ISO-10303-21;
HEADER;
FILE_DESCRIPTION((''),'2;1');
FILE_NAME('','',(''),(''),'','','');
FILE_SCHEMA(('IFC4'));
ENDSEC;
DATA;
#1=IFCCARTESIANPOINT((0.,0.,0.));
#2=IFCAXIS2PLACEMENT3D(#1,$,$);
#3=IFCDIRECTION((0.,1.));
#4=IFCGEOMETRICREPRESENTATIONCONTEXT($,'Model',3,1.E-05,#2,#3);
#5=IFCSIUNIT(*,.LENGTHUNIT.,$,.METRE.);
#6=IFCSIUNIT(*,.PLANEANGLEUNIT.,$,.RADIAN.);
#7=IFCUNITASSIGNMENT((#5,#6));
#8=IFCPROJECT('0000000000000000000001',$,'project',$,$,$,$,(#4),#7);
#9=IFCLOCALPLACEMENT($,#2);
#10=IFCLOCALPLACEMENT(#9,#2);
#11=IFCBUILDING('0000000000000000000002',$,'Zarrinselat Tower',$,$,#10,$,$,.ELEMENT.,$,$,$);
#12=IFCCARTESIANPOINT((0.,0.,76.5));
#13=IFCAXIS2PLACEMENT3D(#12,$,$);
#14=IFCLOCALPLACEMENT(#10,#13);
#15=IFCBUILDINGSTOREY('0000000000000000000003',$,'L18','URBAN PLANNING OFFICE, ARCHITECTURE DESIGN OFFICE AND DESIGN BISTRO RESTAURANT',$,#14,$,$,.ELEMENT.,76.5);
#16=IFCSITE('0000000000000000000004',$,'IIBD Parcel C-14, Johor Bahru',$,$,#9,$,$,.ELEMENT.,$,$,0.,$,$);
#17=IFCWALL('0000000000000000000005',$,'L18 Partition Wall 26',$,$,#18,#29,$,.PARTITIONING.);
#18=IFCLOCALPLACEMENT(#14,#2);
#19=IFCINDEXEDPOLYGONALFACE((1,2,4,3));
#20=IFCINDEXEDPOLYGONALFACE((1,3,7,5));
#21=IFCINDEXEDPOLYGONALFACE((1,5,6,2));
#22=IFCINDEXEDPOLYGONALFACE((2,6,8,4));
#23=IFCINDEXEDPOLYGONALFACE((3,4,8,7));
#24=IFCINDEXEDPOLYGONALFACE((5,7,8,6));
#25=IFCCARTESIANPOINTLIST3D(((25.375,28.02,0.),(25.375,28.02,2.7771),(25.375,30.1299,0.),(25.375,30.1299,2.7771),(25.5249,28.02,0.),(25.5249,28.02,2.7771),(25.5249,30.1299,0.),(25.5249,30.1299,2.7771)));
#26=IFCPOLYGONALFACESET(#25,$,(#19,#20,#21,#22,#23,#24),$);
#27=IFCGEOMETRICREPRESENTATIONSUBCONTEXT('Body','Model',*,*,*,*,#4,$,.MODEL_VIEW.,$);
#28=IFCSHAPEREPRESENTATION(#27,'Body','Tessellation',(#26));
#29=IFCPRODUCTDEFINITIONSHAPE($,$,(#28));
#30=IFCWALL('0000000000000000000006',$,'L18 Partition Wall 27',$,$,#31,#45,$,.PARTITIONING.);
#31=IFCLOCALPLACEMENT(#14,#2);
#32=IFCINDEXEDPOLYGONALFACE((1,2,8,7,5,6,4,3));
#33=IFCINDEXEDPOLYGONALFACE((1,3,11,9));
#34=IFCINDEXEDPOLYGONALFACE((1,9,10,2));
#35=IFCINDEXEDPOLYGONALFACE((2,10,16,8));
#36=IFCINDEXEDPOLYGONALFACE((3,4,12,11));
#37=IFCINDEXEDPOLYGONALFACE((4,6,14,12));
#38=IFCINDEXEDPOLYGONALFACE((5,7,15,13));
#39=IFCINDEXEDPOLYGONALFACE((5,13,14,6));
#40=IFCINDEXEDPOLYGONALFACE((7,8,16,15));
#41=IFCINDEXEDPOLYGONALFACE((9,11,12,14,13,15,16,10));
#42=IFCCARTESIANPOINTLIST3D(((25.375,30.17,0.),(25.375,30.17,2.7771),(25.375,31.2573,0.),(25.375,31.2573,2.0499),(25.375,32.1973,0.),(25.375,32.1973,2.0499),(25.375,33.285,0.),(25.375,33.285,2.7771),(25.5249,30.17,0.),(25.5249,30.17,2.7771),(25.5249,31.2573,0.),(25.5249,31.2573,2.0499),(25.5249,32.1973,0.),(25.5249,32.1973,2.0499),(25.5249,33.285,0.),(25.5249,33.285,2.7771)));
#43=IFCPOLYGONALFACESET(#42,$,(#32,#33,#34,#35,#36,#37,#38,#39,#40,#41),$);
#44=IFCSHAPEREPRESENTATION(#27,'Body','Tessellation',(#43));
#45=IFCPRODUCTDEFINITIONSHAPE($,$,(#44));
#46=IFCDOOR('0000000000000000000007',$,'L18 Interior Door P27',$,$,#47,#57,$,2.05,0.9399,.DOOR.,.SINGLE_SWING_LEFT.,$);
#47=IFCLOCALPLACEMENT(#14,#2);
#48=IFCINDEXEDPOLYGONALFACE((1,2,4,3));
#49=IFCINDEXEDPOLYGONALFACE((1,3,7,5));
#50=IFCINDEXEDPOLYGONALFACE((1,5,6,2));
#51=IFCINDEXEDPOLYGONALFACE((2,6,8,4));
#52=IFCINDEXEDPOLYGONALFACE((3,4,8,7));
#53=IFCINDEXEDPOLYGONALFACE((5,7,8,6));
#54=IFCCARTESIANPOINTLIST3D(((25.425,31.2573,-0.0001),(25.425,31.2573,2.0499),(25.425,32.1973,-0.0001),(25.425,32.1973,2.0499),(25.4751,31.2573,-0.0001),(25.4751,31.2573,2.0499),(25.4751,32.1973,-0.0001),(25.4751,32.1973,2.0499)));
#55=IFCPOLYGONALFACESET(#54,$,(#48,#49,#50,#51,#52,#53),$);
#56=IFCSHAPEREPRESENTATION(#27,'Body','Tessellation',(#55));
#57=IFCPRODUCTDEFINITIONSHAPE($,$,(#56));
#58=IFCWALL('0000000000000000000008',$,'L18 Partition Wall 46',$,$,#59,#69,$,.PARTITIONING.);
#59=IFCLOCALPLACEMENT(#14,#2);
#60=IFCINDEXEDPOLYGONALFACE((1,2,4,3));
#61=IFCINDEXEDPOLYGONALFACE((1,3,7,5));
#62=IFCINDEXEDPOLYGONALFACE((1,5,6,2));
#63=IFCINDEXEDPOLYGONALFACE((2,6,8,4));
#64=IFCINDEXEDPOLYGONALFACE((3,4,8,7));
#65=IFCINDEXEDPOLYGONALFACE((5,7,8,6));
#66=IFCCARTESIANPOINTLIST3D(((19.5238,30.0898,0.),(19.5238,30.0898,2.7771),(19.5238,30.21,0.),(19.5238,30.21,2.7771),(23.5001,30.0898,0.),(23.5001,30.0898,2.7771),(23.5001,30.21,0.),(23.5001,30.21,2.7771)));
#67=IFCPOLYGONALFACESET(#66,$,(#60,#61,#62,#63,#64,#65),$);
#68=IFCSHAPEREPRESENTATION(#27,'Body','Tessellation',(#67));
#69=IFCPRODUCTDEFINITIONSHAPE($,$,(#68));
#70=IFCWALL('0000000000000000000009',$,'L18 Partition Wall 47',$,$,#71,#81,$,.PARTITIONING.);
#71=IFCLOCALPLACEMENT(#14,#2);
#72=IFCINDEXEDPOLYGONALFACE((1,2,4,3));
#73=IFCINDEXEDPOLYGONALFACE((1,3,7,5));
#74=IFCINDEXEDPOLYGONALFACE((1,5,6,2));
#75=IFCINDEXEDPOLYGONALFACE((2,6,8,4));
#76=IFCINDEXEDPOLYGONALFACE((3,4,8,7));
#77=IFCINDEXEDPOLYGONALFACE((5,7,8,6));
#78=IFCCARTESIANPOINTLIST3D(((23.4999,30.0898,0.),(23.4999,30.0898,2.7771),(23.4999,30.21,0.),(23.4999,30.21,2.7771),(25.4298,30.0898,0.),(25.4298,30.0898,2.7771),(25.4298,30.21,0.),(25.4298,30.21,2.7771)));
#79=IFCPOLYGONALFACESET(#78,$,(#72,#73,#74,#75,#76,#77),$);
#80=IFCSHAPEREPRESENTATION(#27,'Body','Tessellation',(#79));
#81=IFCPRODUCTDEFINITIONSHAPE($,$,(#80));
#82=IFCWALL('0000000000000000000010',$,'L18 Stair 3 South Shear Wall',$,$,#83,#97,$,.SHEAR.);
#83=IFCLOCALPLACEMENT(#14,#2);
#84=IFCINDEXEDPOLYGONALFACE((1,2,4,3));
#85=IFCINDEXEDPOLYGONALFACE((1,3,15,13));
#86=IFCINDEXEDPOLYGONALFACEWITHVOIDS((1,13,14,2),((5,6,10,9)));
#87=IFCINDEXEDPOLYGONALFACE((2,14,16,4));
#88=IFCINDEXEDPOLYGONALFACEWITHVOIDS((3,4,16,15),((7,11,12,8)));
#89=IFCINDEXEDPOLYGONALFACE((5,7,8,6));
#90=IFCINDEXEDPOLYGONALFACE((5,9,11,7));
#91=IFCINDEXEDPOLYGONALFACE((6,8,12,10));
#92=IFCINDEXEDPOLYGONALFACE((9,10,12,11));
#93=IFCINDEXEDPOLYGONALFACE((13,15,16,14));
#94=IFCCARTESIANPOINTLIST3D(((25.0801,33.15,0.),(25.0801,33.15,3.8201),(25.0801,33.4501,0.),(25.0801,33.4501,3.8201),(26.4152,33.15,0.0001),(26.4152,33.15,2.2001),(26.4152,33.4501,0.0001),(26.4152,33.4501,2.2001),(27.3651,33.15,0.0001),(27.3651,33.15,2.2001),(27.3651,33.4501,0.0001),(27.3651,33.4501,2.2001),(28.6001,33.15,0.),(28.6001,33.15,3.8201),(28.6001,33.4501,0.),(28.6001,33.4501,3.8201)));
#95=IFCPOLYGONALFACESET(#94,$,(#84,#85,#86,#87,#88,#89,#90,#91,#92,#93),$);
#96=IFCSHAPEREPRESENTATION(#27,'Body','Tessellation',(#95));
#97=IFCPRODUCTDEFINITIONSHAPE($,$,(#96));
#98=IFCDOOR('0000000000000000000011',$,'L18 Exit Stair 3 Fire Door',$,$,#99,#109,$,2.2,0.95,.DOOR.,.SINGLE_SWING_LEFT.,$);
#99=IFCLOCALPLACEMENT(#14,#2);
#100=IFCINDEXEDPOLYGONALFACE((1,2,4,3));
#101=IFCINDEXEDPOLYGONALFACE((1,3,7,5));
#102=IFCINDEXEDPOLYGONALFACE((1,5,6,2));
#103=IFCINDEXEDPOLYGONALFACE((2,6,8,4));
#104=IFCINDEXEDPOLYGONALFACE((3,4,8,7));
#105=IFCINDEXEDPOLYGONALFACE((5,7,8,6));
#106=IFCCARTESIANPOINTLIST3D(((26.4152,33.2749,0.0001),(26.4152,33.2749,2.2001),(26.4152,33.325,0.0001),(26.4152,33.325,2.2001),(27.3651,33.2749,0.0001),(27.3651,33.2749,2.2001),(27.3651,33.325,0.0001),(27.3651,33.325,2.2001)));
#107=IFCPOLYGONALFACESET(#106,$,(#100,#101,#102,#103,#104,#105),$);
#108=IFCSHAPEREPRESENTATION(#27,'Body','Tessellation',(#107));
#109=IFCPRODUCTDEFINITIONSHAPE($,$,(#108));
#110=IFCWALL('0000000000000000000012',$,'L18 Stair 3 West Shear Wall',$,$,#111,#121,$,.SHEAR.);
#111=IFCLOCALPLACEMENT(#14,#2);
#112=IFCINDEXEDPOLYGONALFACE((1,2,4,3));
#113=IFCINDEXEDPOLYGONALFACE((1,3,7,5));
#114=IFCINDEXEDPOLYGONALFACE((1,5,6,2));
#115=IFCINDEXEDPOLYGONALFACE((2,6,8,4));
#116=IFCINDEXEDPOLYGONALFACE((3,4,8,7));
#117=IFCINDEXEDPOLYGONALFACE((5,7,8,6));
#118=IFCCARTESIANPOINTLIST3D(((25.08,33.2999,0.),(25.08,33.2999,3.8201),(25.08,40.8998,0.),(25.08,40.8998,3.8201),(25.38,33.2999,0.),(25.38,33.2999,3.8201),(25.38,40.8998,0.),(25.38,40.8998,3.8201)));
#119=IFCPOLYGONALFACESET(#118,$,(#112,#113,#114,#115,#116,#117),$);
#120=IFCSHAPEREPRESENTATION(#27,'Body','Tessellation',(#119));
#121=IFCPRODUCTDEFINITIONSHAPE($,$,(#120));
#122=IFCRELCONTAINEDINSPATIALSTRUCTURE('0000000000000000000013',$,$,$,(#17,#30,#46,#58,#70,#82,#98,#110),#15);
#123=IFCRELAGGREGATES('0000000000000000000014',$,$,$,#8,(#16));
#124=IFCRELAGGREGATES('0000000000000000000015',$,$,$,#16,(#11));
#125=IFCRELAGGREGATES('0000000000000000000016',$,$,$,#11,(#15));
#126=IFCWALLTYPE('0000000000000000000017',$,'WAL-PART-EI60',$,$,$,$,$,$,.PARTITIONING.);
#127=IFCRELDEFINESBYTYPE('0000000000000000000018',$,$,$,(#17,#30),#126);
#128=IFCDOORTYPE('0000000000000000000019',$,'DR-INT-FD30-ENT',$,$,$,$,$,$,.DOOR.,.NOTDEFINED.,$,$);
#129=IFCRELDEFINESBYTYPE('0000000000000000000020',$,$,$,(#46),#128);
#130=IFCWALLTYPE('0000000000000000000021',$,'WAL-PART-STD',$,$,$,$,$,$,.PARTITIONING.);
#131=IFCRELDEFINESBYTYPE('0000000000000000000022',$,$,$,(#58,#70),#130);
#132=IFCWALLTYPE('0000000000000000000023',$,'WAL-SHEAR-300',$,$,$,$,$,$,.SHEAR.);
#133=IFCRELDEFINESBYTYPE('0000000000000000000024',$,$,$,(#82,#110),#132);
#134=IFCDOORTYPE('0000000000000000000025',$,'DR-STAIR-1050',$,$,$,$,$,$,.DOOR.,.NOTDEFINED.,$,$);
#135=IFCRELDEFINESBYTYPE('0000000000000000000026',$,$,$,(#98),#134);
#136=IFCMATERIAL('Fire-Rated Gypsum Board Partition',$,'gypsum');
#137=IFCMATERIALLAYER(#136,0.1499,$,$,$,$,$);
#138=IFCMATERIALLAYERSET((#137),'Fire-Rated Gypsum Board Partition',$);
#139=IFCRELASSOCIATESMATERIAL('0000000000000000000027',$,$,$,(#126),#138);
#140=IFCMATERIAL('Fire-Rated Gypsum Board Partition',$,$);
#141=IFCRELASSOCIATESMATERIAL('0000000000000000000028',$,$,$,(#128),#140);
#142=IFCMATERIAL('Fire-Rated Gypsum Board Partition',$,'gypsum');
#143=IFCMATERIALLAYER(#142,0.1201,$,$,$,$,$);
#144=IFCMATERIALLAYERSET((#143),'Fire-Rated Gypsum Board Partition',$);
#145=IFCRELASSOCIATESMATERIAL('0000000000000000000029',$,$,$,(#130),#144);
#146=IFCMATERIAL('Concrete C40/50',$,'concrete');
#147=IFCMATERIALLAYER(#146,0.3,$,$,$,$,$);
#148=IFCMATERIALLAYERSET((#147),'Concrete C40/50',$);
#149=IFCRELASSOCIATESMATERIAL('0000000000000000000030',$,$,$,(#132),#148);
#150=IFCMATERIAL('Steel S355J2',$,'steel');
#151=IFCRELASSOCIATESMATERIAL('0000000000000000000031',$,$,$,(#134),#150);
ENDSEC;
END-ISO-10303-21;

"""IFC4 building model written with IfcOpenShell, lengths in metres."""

from ifc_helpers import new_model, si_unit, direction, frame, frame_2d, origin, place, context, subcontext, project, spatial, rectangle, extrude, material, layer, layer_set, type_object, element, fill, save


model = new_model("IFC4")

# Units and contexts
model_context = context("Model", 3, precision=1e-05, world=origin(), true_north=direction((0.0, 1.0)))
body_context = subcontext(model_context, "Body", "Model", "MODEL_VIEW")
ifc_project = project(units=[si_unit("LENGTHUNIT", "METRE"), si_unit("PLANEANGLEUNIT", "RADIAN")], contexts=[model_context])

# Site, building, storey
site_placement = place(None, origin())
site = spatial("IfcSite", under=ifc_project, at=site_placement, Name="IIBD Parcel C-14, Johor Bahru", CompositionType="ELEMENT", RefElevation=0.0)
building_placement = place(site_placement, origin())
building = spatial("IfcBuilding", under=site, at=building_placement, Name="Zarrinselat Tower", CompositionType="ELEMENT")
storey_placement = place(building_placement, frame((0.0, 0.0, 76.5)))
storey = spatial("IfcBuildingStorey", under=building, at=storey_placement, Name="L18", Description="URBAN PLANNING OFFICE, ARCHITECTURE DESIGN OFFICE AND DESIGN BISTRO RESTAURANT", CompositionType="ELEMENT", Elevation=76.5)

# Shared definitions
ifc_material_1 = material(Name="Fire-Rated Gypsum Board Partition", Category="gypsum")
ifc_layer_1 = layer(ifc_material_1, 0.1499)
ifc_layer_set_1 = layer_set([ifc_layer_1], Name="Fire-Rated Gypsum Board Partition")
wall_type_1 = type_object("IfcWallType", Name="WAL-PART-EI60", PredefinedType="PARTITIONING", material=ifc_layer_set_1)
ifc_material_2 = material(Name="Fire-Rated Gypsum Board Partition")
door_type_1 = type_object("IfcDoorType", Name="DR-INT-FD30-ENT", OperationType="NOTDEFINED", PredefinedType="DOOR", material=ifc_material_2)

# Wall
wall_1_placement = place(storey_placement, frame((25.45, 28.02, 0.0), z_axis=(0.0, 0.0, 1.0), x_axis=(0.0, 1.0, 0.0)))
element("IfcWall", 1, at=wall_1_placement, inside=storey, type_object=wall_type_1, Name="L18 Partition Wall 26", PredefinedType="PARTITIONING", context=body_context, shape_type="SweptSolid", body=[
    extrude(rectangle(XDim=2.1099, YDim=0.1499, at=frame_2d((1.0549, 0.0))), origin(), (0.0, 0.0, 1.0), 2.7771),
])

# Wall, opening, door
wall_2_placement = place(storey_placement, frame((25.45, 30.1699, 0.0), z_axis=(0.0, 0.0, 1.0), x_axis=(0.0, 1.0, 0.0)))
wall_2 = element("IfcWall", 2, at=wall_2_placement, inside=storey, type_object=wall_type_1, Name="L18 Partition Wall 27", PredefinedType="PARTITIONING", context=body_context, shape_type="SweptSolid", body=[
    extrude(rectangle(XDim=3.115, YDim=0.1499, at=frame_2d((1.5576, 0.0))), origin(), (0.0, 0.0, 1.0), 2.7771),
])
opening_1_placement = place(wall_2_placement, frame((1.0874, 0.0, 0.0)))
opening_1 = element("IfcOpeningElement", 3, at=opening_1_placement, cuts=wall_2, PredefinedType="OPENING", context=body_context, shape_type="SweptSolid", body=[
    extrude(rectangle(XDim=0.9399, YDim=2.05, at=frame_2d((0.47, 1.0249))), frame((0.0, 0.085, 0.0), z_axis=(0.0, -1.0, 0.0), x_axis=(1.0, 0.0, 0.0)), (0.0, 0.0, 1.0), 0.1699),
])
door_1_placement = place(opening_1_placement, origin())
door_1 = element("IfcDoor", 4, at=door_1_placement, inside=storey, type_object=door_type_1, Name="L18 Interior Door P27", OperationType="SINGLE_SWING_LEFT", OverallHeight=2.05, OverallWidth=0.9399, PredefinedType="DOOR", context=body_context, shape_type="SweptSolid", body=[
    extrude(rectangle(XDim=0.9399, YDim=2.05, at=frame_2d((0.47, 1.0249))), frame((0.0, 0.0249, 0.0), z_axis=(0.0, -1.0, 0.0), x_axis=(1.0, 0.0, 0.0)), (0.0, 0.0, 1.0), 0.05),
])
fill(opening_1, door_1)

# Walls
ifc_material_3 = material(Name="Fire-Rated Gypsum Board Partition", Category="gypsum")
ifc_layer_2 = layer(ifc_material_3, 0.1201)
ifc_layer_set_2 = layer_set([ifc_layer_2], Name="Fire-Rated Gypsum Board Partition")
wall_type_2 = type_object("IfcWallType", Name="WAL-PART-STD", PredefinedType="PARTITIONING", material=ifc_layer_set_2)
wall_3_placement = place(storey_placement, frame((19.5237, 30.1499, 0.0), z_axis=(0.0, 0.0, 1.0), x_axis=(1.0, 0.0, 0.0)))
element("IfcWall", 5, at=wall_3_placement, inside=storey, type_object=wall_type_2, Name="L18 Partition Wall 46", PredefinedType="PARTITIONING", context=body_context, shape_type="SweptSolid", body=[
    extrude(rectangle(XDim=3.9763, YDim=0.1201, at=frame_2d((1.9883, 0.0))), origin(), (0.0, 0.0, 1.0), 2.7771),
])
wall_4_placement = place(storey_placement, frame((23.5, 30.1499, 0.0), z_axis=(0.0, 0.0, 1.0), x_axis=(1.0, 0.0, 0.0)))
element("IfcWall", 6, at=wall_4_placement, inside=storey, type_object=wall_type_2, Name="L18 Partition Wall 47", PredefinedType="PARTITIONING", context=body_context, shape_type="SweptSolid", body=[
    extrude(rectangle(XDim=1.9299, YDim=0.1201, at=frame_2d((0.9648, 0.0))), origin(), (0.0, 0.0, 1.0), 2.7771),
])

# Wall, opening, door
ifc_material_4 = material(Name="Concrete C40/50", Category="concrete")
ifc_layer_3 = layer(ifc_material_4, 0.3)
ifc_layer_set_3 = layer_set([ifc_layer_3], Name="Concrete C40/50")
wall_type_3 = type_object("IfcWallType", Name="WAL-SHEAR-300", PredefinedType="SHEAR", material=ifc_layer_set_3)
wall_5_placement = place(storey_placement, frame((25.0801, 33.3, 0.0), z_axis=(0.0, 0.0, 1.0), x_axis=(1.0, 0.0, 0.0)))
wall_5 = element("IfcWall", 7, at=wall_5_placement, inside=storey, type_object=wall_type_3, Name="L18 Stair 3 South Shear Wall", PredefinedType="SHEAR", context=body_context, shape_type="SweptSolid", body=[
    extrude(rectangle(XDim=3.52, YDim=0.3, at=frame_2d((1.76, 0.0))), origin(), (0.0, 0.0, 1.0), 3.8201),
])
opening_2_placement = place(wall_5_placement, frame((1.335, 0.0, 0.0)))
opening_2 = element("IfcOpeningElement", 8, at=opening_2_placement, cuts=wall_5, PredefinedType="OPENING", context=body_context, shape_type="SweptSolid", body=[
    extrude(rectangle(XDim=0.95, YDim=2.2, at=frame_2d((0.4751, 1.1001))), frame((0.0, 0.1599, 0.0), z_axis=(0.0, -1.0, 0.0), x_axis=(1.0, 0.0, 0.0)), (0.0, 0.0, 1.0), 0.3201),
])
ifc_material_5 = material(Name="Steel S355J2", Category="steel")
door_type_2 = type_object("IfcDoorType", Name="DR-STAIR-1050", OperationType="NOTDEFINED", PredefinedType="DOOR", material=ifc_material_5)
door_2_placement = place(opening_2_placement, origin())
door_2 = element("IfcDoor", 9, at=door_2_placement, inside=storey, type_object=door_type_2, Name="L18 Exit Stair 3 Fire Door", OperationType="SINGLE_SWING_LEFT", OverallHeight=2.2, OverallWidth=0.95, PredefinedType="DOOR", context=body_context, shape_type="SweptSolid", body=[
    extrude(rectangle(XDim=0.95, YDim=2.2, at=frame_2d((0.4751, 1.1001))), frame((0.0, 0.0249, 0.0), z_axis=(0.0, -1.0, 0.0), x_axis=(1.0, 0.0, 0.0)), (0.0, 0.0, 1.0), 0.05),
])
fill(opening_2, door_2)

# Wall
wall_6_placement = place(storey_placement, frame((25.23, 33.3, 0.0), z_axis=(0.0, 0.0, 1.0), x_axis=(0.0, 1.0, 0.0)))
element("IfcWall", 10, at=wall_6_placement, inside=storey, type_object=wall_type_3, Name="L18 Stair 3 West Shear Wall", PredefinedType="SHEAR", context=body_context, shape_type="SweptSolid", body=[
    extrude(rectangle(XDim=7.5999, YDim=0.3, at=frame_2d((3.7998, 0.0))), origin(), (0.0, 0.0, 1.0), 3.8201),
])

save(model, "model.ifc")
